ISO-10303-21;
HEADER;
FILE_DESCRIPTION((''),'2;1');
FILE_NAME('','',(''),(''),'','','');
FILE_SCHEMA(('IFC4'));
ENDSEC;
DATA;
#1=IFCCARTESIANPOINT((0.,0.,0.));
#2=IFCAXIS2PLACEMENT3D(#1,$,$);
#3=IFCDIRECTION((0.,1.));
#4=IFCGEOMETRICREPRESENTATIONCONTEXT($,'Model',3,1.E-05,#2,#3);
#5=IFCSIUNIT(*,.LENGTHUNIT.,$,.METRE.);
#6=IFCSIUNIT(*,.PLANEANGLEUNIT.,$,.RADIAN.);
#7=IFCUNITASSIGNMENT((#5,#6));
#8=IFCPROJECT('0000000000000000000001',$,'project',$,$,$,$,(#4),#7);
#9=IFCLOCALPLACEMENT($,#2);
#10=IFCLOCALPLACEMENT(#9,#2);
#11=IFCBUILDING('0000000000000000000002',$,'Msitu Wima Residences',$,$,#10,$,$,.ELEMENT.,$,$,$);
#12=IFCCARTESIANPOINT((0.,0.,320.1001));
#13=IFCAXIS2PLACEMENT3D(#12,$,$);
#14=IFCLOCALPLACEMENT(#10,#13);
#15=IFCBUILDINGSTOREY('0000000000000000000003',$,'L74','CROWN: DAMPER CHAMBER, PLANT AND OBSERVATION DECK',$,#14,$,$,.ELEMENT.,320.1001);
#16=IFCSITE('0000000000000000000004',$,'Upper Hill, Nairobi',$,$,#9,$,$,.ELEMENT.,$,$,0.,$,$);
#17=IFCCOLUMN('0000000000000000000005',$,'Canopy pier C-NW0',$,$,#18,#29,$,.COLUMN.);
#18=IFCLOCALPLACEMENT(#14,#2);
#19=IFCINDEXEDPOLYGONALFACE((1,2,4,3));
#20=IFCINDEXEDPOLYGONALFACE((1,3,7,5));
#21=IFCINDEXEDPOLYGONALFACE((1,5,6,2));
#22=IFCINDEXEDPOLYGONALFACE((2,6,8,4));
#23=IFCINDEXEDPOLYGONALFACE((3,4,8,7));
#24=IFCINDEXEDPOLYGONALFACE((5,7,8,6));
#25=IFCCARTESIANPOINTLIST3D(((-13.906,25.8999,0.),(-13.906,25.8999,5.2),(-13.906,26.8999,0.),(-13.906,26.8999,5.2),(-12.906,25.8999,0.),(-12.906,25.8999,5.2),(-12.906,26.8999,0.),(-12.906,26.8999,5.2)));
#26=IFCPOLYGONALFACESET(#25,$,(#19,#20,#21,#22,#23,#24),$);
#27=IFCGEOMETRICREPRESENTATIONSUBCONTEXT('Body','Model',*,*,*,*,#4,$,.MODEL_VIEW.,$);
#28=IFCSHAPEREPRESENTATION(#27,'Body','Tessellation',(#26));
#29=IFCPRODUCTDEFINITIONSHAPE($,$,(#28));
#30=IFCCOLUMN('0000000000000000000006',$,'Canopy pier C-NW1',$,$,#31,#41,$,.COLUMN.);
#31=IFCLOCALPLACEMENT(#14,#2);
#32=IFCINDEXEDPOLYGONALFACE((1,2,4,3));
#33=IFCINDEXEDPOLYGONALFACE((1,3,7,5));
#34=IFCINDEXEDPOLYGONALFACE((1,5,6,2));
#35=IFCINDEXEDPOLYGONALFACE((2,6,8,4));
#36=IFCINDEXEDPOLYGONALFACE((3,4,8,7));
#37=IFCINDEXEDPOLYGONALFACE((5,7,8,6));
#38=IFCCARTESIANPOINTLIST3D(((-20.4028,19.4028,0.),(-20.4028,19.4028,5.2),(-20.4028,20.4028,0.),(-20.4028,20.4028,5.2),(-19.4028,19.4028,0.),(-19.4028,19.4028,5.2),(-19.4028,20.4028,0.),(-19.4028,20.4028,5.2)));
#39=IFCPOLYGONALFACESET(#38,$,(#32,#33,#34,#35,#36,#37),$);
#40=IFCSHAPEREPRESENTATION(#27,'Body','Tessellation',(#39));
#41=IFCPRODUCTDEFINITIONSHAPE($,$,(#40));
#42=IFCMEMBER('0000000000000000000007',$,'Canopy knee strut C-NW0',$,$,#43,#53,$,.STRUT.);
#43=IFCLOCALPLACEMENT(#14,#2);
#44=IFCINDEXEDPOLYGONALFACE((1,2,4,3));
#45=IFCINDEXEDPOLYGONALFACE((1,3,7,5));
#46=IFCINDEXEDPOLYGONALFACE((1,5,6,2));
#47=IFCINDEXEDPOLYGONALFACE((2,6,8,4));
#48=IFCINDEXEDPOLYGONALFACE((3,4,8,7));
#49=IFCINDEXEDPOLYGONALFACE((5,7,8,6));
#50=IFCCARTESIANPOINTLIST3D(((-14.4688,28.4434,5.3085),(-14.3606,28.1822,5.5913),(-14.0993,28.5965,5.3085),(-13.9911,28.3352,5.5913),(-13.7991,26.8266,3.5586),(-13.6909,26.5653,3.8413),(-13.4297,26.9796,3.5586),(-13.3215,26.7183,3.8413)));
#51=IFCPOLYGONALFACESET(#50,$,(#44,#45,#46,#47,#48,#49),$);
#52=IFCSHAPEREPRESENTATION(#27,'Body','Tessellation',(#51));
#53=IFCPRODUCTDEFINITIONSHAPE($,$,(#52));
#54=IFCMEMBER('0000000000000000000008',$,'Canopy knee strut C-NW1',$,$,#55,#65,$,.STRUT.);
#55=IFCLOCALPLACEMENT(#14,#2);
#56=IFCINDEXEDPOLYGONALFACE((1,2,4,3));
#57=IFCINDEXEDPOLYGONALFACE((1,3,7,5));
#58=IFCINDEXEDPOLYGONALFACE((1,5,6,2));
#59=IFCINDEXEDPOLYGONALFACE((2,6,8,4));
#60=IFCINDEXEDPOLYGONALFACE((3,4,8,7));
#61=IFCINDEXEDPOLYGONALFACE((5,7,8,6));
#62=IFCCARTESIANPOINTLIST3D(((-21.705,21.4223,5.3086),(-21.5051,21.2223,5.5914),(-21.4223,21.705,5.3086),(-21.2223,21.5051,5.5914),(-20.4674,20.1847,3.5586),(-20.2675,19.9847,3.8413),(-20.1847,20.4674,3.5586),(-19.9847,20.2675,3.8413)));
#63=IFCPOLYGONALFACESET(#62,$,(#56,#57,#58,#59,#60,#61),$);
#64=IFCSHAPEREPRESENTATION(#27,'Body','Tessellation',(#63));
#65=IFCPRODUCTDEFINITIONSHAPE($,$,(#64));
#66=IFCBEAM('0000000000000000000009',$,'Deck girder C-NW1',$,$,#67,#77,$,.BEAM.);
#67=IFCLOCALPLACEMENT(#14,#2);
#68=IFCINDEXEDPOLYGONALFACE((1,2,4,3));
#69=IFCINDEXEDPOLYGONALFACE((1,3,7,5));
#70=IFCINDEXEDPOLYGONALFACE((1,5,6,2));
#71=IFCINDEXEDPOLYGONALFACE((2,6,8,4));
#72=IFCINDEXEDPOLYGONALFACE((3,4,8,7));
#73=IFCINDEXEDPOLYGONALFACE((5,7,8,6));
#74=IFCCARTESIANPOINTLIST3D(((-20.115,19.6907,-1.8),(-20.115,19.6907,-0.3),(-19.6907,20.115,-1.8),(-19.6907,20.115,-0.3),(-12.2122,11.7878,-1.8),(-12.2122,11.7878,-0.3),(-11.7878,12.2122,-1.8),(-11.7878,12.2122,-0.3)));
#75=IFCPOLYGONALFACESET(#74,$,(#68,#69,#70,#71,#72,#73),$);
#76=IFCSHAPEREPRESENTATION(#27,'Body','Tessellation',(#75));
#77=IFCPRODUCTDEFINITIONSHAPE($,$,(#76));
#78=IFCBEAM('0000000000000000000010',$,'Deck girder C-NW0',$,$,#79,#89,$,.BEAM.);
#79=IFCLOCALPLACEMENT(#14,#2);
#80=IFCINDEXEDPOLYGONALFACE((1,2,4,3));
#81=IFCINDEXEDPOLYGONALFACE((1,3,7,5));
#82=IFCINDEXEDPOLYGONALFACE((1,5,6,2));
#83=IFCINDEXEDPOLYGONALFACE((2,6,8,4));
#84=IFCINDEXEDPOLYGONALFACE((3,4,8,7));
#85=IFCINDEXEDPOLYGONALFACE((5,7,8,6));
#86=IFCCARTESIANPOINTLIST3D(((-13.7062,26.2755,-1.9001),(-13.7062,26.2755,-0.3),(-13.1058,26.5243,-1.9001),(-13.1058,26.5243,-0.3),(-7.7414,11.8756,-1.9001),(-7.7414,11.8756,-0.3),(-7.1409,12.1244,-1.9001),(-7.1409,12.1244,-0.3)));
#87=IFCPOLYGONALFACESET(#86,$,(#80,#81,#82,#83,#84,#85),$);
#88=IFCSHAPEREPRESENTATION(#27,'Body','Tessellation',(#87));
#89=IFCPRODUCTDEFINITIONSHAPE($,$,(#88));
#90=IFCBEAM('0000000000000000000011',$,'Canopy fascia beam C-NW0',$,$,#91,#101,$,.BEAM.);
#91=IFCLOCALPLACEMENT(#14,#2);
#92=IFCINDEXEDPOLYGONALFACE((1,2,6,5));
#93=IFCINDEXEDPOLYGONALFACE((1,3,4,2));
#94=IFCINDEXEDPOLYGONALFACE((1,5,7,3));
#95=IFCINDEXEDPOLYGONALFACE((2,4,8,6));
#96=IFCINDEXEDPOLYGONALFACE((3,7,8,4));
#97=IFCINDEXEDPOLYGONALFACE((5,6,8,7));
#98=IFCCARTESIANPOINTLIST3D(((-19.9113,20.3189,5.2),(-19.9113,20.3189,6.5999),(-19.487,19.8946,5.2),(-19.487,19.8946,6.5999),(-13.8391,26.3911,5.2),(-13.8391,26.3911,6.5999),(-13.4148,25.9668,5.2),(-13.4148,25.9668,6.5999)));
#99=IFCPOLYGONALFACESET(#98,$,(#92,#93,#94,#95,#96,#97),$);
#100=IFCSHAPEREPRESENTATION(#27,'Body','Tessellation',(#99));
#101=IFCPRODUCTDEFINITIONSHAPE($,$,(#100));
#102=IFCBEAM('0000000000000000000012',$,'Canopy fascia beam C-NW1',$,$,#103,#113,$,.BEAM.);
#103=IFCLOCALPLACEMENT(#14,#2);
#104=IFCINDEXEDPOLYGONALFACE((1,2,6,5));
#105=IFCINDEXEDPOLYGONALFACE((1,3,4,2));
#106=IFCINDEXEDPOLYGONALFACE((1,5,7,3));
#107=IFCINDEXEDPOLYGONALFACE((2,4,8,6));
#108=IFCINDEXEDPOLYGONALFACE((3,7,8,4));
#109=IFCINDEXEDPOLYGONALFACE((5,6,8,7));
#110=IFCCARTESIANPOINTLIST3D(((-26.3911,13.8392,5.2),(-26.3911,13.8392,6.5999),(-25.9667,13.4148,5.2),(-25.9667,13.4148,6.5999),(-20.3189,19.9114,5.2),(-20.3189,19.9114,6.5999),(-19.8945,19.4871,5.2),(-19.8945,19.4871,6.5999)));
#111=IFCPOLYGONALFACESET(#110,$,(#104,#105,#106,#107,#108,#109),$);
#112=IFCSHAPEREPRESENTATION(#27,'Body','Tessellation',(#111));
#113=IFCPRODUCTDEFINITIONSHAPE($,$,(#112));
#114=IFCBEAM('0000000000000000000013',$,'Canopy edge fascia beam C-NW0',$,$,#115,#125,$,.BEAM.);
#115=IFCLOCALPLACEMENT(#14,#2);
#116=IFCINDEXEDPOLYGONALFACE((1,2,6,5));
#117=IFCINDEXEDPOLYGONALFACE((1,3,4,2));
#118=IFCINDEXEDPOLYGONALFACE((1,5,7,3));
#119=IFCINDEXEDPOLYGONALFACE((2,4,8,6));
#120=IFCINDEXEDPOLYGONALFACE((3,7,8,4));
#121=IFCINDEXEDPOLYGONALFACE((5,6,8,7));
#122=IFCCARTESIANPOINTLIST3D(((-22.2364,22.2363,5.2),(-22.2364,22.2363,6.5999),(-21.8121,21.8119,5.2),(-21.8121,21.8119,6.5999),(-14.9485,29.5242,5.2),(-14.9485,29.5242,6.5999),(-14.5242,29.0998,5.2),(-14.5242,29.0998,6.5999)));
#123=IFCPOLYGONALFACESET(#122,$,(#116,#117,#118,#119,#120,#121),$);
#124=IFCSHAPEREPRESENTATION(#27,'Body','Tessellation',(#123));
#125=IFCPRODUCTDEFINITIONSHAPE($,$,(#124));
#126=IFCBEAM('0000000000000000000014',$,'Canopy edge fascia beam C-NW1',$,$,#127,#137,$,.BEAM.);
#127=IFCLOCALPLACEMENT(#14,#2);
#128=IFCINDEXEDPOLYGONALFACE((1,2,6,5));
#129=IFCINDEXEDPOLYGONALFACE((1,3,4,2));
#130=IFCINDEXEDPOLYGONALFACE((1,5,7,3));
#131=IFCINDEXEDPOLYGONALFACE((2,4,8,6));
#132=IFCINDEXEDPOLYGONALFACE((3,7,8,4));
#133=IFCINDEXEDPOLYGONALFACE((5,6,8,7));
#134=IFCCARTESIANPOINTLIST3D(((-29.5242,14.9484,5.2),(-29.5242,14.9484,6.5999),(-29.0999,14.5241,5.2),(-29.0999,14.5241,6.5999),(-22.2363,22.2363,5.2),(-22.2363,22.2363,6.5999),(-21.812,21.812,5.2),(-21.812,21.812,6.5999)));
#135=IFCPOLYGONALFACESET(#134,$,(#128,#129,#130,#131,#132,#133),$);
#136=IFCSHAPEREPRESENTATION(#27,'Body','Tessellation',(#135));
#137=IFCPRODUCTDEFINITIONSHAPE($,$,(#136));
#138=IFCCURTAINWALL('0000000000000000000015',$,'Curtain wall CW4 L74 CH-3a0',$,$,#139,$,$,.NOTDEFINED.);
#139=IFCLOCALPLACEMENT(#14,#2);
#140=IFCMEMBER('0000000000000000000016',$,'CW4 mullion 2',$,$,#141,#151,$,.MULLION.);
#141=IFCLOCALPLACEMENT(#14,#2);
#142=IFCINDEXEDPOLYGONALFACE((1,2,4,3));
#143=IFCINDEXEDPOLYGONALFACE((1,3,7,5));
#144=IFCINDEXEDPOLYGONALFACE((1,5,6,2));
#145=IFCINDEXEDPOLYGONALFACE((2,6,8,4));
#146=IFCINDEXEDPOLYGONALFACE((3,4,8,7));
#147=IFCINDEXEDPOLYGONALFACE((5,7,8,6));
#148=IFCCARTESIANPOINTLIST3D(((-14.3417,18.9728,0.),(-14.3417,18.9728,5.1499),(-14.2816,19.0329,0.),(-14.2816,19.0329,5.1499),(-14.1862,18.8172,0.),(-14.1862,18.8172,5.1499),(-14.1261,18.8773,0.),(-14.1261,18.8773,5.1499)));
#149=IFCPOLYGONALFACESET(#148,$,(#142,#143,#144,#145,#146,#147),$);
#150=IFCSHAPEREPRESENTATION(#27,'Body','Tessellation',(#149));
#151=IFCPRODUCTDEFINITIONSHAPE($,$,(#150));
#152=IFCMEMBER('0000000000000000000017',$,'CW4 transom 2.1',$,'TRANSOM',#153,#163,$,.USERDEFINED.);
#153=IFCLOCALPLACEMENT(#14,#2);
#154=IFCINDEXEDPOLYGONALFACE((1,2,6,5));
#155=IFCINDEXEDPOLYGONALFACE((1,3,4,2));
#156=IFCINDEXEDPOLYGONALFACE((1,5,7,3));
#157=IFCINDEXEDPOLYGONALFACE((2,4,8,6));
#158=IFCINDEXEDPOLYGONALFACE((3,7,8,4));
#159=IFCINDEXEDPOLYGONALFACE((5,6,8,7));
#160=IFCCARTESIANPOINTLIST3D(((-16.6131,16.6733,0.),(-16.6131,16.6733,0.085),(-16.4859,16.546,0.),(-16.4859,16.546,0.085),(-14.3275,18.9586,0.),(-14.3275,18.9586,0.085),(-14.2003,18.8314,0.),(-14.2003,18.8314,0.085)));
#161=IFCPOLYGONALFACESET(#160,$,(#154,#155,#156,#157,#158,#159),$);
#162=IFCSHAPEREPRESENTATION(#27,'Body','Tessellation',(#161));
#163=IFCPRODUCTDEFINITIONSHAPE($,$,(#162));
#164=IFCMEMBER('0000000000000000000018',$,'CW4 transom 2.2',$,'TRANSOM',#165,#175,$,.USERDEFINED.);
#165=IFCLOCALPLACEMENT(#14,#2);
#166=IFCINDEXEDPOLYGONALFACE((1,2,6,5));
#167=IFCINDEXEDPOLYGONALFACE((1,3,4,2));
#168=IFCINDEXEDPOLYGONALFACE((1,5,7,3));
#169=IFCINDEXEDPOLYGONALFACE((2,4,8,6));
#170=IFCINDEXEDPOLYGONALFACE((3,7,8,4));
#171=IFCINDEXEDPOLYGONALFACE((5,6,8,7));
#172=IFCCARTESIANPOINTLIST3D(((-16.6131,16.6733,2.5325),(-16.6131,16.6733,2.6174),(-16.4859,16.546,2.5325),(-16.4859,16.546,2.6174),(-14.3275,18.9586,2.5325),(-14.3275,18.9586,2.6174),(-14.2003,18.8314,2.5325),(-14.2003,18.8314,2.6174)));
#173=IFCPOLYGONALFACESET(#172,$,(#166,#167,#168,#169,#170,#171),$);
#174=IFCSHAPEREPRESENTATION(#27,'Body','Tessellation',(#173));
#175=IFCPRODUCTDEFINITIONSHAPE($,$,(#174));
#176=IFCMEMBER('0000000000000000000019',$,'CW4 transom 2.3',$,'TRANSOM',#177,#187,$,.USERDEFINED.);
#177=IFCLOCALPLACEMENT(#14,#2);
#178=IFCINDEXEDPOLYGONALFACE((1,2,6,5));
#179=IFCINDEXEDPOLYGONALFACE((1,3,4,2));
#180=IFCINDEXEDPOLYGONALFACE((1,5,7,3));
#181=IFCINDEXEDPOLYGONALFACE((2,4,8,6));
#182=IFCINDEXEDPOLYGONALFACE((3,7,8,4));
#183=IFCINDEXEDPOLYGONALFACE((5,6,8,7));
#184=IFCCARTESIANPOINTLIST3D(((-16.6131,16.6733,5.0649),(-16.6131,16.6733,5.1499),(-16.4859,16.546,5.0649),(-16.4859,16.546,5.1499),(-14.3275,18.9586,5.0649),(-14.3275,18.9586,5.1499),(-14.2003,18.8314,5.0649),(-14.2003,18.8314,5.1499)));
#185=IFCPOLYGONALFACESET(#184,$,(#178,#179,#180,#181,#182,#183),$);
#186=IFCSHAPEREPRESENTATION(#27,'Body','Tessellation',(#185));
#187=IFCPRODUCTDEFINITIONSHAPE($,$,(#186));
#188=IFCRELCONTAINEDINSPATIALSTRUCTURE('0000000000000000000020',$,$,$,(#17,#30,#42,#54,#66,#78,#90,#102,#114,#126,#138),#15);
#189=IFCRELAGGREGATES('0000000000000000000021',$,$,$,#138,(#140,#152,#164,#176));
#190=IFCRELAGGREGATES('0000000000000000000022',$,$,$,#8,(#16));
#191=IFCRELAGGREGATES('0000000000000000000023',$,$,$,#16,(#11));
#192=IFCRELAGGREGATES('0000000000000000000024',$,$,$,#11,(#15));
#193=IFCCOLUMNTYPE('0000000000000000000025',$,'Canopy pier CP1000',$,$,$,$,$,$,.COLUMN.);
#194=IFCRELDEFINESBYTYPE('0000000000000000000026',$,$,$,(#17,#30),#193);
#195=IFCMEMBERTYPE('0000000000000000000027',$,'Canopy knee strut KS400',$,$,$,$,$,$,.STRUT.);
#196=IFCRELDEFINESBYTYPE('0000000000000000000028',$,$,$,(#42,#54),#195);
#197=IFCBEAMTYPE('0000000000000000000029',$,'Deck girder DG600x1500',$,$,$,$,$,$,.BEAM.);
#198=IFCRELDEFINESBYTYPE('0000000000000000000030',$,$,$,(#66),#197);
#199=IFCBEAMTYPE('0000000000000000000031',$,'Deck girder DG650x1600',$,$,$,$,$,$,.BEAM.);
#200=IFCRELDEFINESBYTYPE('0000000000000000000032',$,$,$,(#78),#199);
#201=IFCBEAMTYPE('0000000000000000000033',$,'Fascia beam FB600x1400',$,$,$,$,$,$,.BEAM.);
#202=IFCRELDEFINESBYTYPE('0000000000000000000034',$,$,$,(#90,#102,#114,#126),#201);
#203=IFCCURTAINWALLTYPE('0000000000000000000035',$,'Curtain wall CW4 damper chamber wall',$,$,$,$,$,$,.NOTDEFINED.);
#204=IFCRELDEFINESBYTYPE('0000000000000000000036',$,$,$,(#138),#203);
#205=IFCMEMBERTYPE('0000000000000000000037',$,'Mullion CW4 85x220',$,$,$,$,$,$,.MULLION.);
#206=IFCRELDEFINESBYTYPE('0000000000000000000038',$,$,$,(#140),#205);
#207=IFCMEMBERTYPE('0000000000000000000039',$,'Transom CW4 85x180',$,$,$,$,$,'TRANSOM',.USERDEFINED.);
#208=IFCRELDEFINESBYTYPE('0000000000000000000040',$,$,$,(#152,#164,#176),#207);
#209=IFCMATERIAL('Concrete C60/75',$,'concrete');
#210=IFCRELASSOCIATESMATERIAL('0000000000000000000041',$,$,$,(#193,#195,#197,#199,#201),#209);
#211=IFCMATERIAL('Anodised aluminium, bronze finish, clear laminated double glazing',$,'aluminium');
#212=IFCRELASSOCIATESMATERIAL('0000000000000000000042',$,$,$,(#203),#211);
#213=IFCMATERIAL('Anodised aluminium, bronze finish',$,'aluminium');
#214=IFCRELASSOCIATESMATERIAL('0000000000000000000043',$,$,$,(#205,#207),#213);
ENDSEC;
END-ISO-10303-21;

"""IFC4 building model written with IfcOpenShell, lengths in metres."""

from ifc_helpers import new_model, si_unit, direction, frame, origin, origin_2d, place, context, subcontext, project, spatial, rectangle, extrude, material, material_profile, profile_set, type_object, element, aggregate, save


model = new_model("IFC4")

# Units and contexts
model_context = context("Model", 3, precision=1e-05, world=origin(), true_north=direction((0.0, 1.0)))
body_context = subcontext(model_context, "Body", "Model", "MODEL_VIEW")
ifc_project = project(units=[si_unit("LENGTHUNIT", "METRE"), si_unit("PLANEANGLEUNIT", "RADIAN")], contexts=[model_context])

# Site, building, storey
site_placement = place(None, origin())
site = spatial("IfcSite", under=ifc_project, at=site_placement, Name="Upper Hill, Nairobi", CompositionType="ELEMENT", RefElevation=0.0)
building_placement = place(site_placement, origin())
building = spatial("IfcBuilding", under=site, at=building_placement, Name="Msitu Wima Residences", CompositionType="ELEMENT")
storey_placement = place(building_placement, frame((0.0, 0.0, 320.1001)))
storey = spatial("IfcBuildingStorey", under=building, at=storey_placement, Name="L74", Description="CROWN: DAMPER CHAMBER, PLANT AND OBSERVATION DECK", CompositionType="ELEMENT", Elevation=320.1001)

# Columns
ifc_material_1 = material(Name="Concrete C60/75", Category="concrete")
ifc_material_profile_1 = material_profile(ifc_material_1, rectangle(XDim=1.0, YDim=1.0, at=origin_2d()), Name="RC 1000x1000")
ifc_profile_set_1 = profile_set([ifc_material_profile_1], Name="Concrete C60/75")
column_type = type_object("IfcColumnType", Name="Canopy pier CP1000", PredefinedType="COLUMN", material=ifc_profile_set_1)
for number, where, z_axis, x_axis, name in (
    (1, (-13.406, 26.3999, 0.0), (0.0, 0.0, 1.0), (1.0, 0.0, 0.0), "Canopy pier C-NW0"),
    (2, (-19.9028, 19.9028, 0.0), (0.0, 0.0, 1.0), (1.0, 0.0, 0.0), "Canopy pier C-NW1"),
):
    element("IfcColumn", number, at=place(storey_placement, frame(where, z_axis=z_axis, x_axis=x_axis)), inside=storey, type_object=column_type, Name=name, PredefinedType="COLUMN", context=body_context, shape_type="SweptSolid", body=[
        extrude(rectangle(XDim=1.0, YDim=1.0, at=origin_2d()), origin(), (0.0, 0.0, 1.0), 5.2),
    ])

# Members
ifc_material_profile_2 = material_profile(ifc_material_1, rectangle(XDim=0.3999, YDim=0.3999, at=origin_2d()), Name="RC 400x400")
ifc_profile_set_2 = profile_set([ifc_material_profile_2], Name="Concrete C60/75")
member_type_1 = type_object("IfcMemberType", Name="Canopy knee strut KS400", PredefinedType="STRUT", material=ifc_profile_set_2)
member_1_placement = place(storey_placement, frame((-13.5603, 26.7725, 3.7), z_axis=(-0.27058, 0.653318, 0.707079), x_axis=(-0.923896, -0.382643, 0.0)))
element("IfcMember", 3, at=member_1_placement, inside=storey, type_object=member_type_1, Name="Canopy knee strut C-NW0", PredefinedType="STRUT", context=body_context, shape_type="SweptSolid", body=[
    extrude(rectangle(XDim=0.3999, YDim=0.3999, at=origin_2d()), origin(), (0.0, 0.0, 1.0), 2.4749),
])
member_2_placement = place(storey_placement, frame((-20.2261, 20.2261, 3.7), z_axis=(-0.500023, 0.500023, 0.707075), x_axis=(-0.707107, -0.707107, 0.0)))
element("IfcMember", 4, at=member_2_placement, inside=storey, type_object=member_type_1, Name="Canopy knee strut C-NW1", PredefinedType="STRUT", context=body_context, shape_type="SweptSolid", body=[
    extrude(rectangle(XDim=0.3999, YDim=0.3999, at=origin_2d()), origin(), (0.0, 0.0, 1.0), 2.4751),
])

# Beams
ifc_material_profile_3 = material_profile(ifc_material_1, rectangle(XDim=0.6001, YDim=1.5, at=origin_2d()), Name="RC 600x1500")
ifc_profile_set_3 = profile_set([ifc_material_profile_3], Name="Concrete C60/75")
beam_type_1 = type_object("IfcBeamType", Name="Deck girder DG600x1500", PredefinedType="BEAM", material=ifc_profile_set_3)
beam_1_placement = place(storey_placement, frame((-19.9028, 19.9028, -1.05), z_axis=(0.707107, -0.707107, 0.0), x_axis=(0.707107, 0.707107, 0.0)))
element("IfcBeam", 5, at=beam_1_placement, inside=storey, type_object=beam_type_1, Name="Deck girder C-NW1", PredefinedType="BEAM", context=body_context, shape_type="SweptSolid", body=[
    extrude(rectangle(XDim=0.6001, YDim=1.5, at=origin_2d()), origin(), (0.0, 0.0, 1.0), 11.1763),
])
ifc_material_profile_4 = material_profile(ifc_material_1, rectangle(XDim=0.6499, YDim=1.6001, at=origin_2d()), Name="RC 650x1600")
ifc_profile_set_4 = profile_set([ifc_material_profile_4], Name="Concrete C60/75")
beam_type_2 = type_object("IfcBeamType", Name="Deck girder DG650x1600", PredefinedType="BEAM", material=ifc_profile_set_4)
beam_2_placement = place(storey_placement, frame((-13.406, 26.3999, -1.1001), z_axis=(0.382695, -0.923875, 0.0), x_axis=(0.923875, 0.382695, 0.0)))
element("IfcBeam", 6, at=beam_2_placement, inside=storey, type_object=beam_type_2, Name="Deck girder C-NW0", PredefinedType="BEAM", context=body_context, shape_type="SweptSolid", body=[
    extrude(rectangle(XDim=0.6499, YDim=1.6001, at=origin_2d()), origin(), (0.0, 0.0, 1.0), 15.5864),
])
ifc_material_profile_5 = material_profile(ifc_material_1, rectangle(XDim=0.6001, YDim=1.3999, at=origin_2d()), Name="RC 600x1400")
ifc_profile_set_5 = profile_set([ifc_material_profile_5], Name="Concrete C60/75")
beam_type_3 = type_object("IfcBeamType", Name="Fascia beam FB600x1400", PredefinedType="BEAM", material=ifc_profile_set_5)
for number, where, z_axis, x_axis, name in (
    (7, (-13.627, 26.179, 5.8999), (-0.707107, -0.707107, 0.0), (0.707107, -0.707107, 0.0), "Canopy fascia beam C-NW0"),
    (8, (-20.1067, 19.6992, 5.8999), (-0.707107, -0.707107, 0.0), (0.707107, -0.707107, 0.0), "Canopy fascia beam C-NW1"),
):
    element("IfcBeam", number, at=place(storey_placement, frame(where, z_axis=z_axis, x_axis=x_axis)), inside=storey, type_object=beam_type_3, Name=name, PredefinedType="BEAM", context=body_context, shape_type="SweptSolid", body=[
        extrude(rectangle(XDim=0.6001, YDim=1.3999, at=origin_2d()), origin(), (0.0, 0.0, 1.0), 8.5874),
    ])
for number, where, z_axis, x_axis, name in (
    (9, (-14.7363, 29.312, 5.8999), (-0.707107, -0.707107, 0.0), (0.707107, -0.707107, 0.0), "Canopy edge fascia beam C-NW0"),
    (10, (-22.0242, 22.0242, 5.8999), (-0.707107, -0.707107, 0.0), (0.707107, -0.707107, 0.0), "Canopy edge fascia beam C-NW1"),
):
    element("IfcBeam", number, at=place(storey_placement, frame(where, z_axis=z_axis, x_axis=x_axis)), inside=storey, type_object=beam_type_3, Name=name, PredefinedType="BEAM", context=body_context, shape_type="SweptSolid", body=[
        extrude(rectangle(XDim=0.6001, YDim=1.3999, at=origin_2d()), origin(), (0.0, 0.0, 1.0), 10.3066),
    ])

# Curtain wall, members
ifc_material_2 = material(Name="Anodised aluminium, bronze finish, clear laminated double glazing", Category="aluminium")
curtain_wall_type = type_object("IfcCurtainWallType", Name="Curtain wall CW4 damper chamber wall", PredefinedType="NOTDEFINED", material=ifc_material_2)
curtain_wall_placement = place(storey_placement, origin())
curtain_wall = element("IfcCurtainWall", 11, at=curtain_wall_placement, inside=storey, type_object=curtain_wall_type, Name="Curtain wall CW4 L74 CH-3a0", PredefinedType="NOTDEFINED")
ifc_material_3 = material(Name="Anodised aluminium, bronze finish", Category="aluminium")
ifc_material_profile_6 = material_profile(ifc_material_3, rectangle(XDim=0.22, YDim=0.085, at=origin_2d()), Name="Mullion 85x220")
ifc_profile_set_6 = profile_set([ifc_material_profile_6], Name="Anodised aluminium, bronze finish")
member_type_2 = type_object("IfcMemberType", Name="Mullion CW4 85x220", PredefinedType="MULLION", material=ifc_profile_set_6)
member_3_placement = place(storey_placement, frame((-14.2339, 18.925, 0.0), z_axis=(0.0, 0.0, 1.0), x_axis=(0.707107, -0.707107, 0.0)))
member_3 = element("IfcMember", 12, at=member_3_placement, type_object=member_type_2, Name="CW4 mullion 2", PredefinedType="MULLION", context=body_context, shape_type="SweptSolid", body=[
    extrude(rectangle(XDim=0.22, YDim=0.085, at=origin_2d()), origin(), (0.0, 0.0, 1.0), 5.1499),
])
ifc_material_profile_7 = material_profile(ifc_material_3, rectangle(XDim=0.1799, YDim=0.085, at=origin_2d()), Name="Transom 85x180")
ifc_profile_set_7 = profile_set([ifc_material_profile_7], Name="Anodised aluminium, bronze finish")
member_type_3 = type_object("IfcMemberType", Name="Transom CW4 85x180", ElementType="TRANSOM", PredefinedType="USERDEFINED", material=ifc_profile_set_7)
member_4_placement = place(storey_placement, frame((-14.2639, 18.895, 0.0425), z_axis=(-0.707145, -0.707069, 0.0), x_axis=(0.707069, -0.707145, 0.0)))
member_4 = element("IfcMember", 13, at=member_4_placement, type_object=member_type_3, Name="CW4 transom 2.1", ObjectType="TRANSOM", PredefinedType="USERDEFINED", context=body_context, shape_type="SweptSolid", body=[
    extrude(rectangle(XDim=0.1799, YDim=0.085, at=origin_2d()), origin(), (0.0, 0.0, 1.0), 3.2322),
])
member_5_placement = place(storey_placement, frame((-14.2639, 18.895, 2.575), z_axis=(-0.707145, -0.707069, 0.0), x_axis=(0.707069, -0.707145, 0.0)))
member_5 = element("IfcMember", 14, at=member_5_placement, type_object=member_type_3, Name="CW4 transom 2.2", ObjectType="TRANSOM", PredefinedType="USERDEFINED", context=body_context, shape_type="SweptSolid", body=[
    extrude(rectangle(XDim=0.1799, YDim=0.085, at=origin_2d()), origin(), (0.0, 0.0, 1.0), 3.2322),
])
member_6_placement = place(storey_placement, frame((-14.2639, 18.895, 5.1074), z_axis=(-0.707145, -0.707069, 0.0), x_axis=(0.707069, -0.707145, 0.0)))
member_6 = element("IfcMember", 15, at=member_6_placement, type_object=member_type_3, Name="CW4 transom 2.3", ObjectType="TRANSOM", PredefinedType="USERDEFINED", context=body_context, shape_type="SweptSolid", body=[
    extrude(rectangle(XDim=0.1799, YDim=0.085, at=origin_2d()), origin(), (0.0, 0.0, 1.0), 3.2322),
])
aggregate(curtain_wall, [member_3, member_4, member_5, member_6])

save(model, "model.ifc")
